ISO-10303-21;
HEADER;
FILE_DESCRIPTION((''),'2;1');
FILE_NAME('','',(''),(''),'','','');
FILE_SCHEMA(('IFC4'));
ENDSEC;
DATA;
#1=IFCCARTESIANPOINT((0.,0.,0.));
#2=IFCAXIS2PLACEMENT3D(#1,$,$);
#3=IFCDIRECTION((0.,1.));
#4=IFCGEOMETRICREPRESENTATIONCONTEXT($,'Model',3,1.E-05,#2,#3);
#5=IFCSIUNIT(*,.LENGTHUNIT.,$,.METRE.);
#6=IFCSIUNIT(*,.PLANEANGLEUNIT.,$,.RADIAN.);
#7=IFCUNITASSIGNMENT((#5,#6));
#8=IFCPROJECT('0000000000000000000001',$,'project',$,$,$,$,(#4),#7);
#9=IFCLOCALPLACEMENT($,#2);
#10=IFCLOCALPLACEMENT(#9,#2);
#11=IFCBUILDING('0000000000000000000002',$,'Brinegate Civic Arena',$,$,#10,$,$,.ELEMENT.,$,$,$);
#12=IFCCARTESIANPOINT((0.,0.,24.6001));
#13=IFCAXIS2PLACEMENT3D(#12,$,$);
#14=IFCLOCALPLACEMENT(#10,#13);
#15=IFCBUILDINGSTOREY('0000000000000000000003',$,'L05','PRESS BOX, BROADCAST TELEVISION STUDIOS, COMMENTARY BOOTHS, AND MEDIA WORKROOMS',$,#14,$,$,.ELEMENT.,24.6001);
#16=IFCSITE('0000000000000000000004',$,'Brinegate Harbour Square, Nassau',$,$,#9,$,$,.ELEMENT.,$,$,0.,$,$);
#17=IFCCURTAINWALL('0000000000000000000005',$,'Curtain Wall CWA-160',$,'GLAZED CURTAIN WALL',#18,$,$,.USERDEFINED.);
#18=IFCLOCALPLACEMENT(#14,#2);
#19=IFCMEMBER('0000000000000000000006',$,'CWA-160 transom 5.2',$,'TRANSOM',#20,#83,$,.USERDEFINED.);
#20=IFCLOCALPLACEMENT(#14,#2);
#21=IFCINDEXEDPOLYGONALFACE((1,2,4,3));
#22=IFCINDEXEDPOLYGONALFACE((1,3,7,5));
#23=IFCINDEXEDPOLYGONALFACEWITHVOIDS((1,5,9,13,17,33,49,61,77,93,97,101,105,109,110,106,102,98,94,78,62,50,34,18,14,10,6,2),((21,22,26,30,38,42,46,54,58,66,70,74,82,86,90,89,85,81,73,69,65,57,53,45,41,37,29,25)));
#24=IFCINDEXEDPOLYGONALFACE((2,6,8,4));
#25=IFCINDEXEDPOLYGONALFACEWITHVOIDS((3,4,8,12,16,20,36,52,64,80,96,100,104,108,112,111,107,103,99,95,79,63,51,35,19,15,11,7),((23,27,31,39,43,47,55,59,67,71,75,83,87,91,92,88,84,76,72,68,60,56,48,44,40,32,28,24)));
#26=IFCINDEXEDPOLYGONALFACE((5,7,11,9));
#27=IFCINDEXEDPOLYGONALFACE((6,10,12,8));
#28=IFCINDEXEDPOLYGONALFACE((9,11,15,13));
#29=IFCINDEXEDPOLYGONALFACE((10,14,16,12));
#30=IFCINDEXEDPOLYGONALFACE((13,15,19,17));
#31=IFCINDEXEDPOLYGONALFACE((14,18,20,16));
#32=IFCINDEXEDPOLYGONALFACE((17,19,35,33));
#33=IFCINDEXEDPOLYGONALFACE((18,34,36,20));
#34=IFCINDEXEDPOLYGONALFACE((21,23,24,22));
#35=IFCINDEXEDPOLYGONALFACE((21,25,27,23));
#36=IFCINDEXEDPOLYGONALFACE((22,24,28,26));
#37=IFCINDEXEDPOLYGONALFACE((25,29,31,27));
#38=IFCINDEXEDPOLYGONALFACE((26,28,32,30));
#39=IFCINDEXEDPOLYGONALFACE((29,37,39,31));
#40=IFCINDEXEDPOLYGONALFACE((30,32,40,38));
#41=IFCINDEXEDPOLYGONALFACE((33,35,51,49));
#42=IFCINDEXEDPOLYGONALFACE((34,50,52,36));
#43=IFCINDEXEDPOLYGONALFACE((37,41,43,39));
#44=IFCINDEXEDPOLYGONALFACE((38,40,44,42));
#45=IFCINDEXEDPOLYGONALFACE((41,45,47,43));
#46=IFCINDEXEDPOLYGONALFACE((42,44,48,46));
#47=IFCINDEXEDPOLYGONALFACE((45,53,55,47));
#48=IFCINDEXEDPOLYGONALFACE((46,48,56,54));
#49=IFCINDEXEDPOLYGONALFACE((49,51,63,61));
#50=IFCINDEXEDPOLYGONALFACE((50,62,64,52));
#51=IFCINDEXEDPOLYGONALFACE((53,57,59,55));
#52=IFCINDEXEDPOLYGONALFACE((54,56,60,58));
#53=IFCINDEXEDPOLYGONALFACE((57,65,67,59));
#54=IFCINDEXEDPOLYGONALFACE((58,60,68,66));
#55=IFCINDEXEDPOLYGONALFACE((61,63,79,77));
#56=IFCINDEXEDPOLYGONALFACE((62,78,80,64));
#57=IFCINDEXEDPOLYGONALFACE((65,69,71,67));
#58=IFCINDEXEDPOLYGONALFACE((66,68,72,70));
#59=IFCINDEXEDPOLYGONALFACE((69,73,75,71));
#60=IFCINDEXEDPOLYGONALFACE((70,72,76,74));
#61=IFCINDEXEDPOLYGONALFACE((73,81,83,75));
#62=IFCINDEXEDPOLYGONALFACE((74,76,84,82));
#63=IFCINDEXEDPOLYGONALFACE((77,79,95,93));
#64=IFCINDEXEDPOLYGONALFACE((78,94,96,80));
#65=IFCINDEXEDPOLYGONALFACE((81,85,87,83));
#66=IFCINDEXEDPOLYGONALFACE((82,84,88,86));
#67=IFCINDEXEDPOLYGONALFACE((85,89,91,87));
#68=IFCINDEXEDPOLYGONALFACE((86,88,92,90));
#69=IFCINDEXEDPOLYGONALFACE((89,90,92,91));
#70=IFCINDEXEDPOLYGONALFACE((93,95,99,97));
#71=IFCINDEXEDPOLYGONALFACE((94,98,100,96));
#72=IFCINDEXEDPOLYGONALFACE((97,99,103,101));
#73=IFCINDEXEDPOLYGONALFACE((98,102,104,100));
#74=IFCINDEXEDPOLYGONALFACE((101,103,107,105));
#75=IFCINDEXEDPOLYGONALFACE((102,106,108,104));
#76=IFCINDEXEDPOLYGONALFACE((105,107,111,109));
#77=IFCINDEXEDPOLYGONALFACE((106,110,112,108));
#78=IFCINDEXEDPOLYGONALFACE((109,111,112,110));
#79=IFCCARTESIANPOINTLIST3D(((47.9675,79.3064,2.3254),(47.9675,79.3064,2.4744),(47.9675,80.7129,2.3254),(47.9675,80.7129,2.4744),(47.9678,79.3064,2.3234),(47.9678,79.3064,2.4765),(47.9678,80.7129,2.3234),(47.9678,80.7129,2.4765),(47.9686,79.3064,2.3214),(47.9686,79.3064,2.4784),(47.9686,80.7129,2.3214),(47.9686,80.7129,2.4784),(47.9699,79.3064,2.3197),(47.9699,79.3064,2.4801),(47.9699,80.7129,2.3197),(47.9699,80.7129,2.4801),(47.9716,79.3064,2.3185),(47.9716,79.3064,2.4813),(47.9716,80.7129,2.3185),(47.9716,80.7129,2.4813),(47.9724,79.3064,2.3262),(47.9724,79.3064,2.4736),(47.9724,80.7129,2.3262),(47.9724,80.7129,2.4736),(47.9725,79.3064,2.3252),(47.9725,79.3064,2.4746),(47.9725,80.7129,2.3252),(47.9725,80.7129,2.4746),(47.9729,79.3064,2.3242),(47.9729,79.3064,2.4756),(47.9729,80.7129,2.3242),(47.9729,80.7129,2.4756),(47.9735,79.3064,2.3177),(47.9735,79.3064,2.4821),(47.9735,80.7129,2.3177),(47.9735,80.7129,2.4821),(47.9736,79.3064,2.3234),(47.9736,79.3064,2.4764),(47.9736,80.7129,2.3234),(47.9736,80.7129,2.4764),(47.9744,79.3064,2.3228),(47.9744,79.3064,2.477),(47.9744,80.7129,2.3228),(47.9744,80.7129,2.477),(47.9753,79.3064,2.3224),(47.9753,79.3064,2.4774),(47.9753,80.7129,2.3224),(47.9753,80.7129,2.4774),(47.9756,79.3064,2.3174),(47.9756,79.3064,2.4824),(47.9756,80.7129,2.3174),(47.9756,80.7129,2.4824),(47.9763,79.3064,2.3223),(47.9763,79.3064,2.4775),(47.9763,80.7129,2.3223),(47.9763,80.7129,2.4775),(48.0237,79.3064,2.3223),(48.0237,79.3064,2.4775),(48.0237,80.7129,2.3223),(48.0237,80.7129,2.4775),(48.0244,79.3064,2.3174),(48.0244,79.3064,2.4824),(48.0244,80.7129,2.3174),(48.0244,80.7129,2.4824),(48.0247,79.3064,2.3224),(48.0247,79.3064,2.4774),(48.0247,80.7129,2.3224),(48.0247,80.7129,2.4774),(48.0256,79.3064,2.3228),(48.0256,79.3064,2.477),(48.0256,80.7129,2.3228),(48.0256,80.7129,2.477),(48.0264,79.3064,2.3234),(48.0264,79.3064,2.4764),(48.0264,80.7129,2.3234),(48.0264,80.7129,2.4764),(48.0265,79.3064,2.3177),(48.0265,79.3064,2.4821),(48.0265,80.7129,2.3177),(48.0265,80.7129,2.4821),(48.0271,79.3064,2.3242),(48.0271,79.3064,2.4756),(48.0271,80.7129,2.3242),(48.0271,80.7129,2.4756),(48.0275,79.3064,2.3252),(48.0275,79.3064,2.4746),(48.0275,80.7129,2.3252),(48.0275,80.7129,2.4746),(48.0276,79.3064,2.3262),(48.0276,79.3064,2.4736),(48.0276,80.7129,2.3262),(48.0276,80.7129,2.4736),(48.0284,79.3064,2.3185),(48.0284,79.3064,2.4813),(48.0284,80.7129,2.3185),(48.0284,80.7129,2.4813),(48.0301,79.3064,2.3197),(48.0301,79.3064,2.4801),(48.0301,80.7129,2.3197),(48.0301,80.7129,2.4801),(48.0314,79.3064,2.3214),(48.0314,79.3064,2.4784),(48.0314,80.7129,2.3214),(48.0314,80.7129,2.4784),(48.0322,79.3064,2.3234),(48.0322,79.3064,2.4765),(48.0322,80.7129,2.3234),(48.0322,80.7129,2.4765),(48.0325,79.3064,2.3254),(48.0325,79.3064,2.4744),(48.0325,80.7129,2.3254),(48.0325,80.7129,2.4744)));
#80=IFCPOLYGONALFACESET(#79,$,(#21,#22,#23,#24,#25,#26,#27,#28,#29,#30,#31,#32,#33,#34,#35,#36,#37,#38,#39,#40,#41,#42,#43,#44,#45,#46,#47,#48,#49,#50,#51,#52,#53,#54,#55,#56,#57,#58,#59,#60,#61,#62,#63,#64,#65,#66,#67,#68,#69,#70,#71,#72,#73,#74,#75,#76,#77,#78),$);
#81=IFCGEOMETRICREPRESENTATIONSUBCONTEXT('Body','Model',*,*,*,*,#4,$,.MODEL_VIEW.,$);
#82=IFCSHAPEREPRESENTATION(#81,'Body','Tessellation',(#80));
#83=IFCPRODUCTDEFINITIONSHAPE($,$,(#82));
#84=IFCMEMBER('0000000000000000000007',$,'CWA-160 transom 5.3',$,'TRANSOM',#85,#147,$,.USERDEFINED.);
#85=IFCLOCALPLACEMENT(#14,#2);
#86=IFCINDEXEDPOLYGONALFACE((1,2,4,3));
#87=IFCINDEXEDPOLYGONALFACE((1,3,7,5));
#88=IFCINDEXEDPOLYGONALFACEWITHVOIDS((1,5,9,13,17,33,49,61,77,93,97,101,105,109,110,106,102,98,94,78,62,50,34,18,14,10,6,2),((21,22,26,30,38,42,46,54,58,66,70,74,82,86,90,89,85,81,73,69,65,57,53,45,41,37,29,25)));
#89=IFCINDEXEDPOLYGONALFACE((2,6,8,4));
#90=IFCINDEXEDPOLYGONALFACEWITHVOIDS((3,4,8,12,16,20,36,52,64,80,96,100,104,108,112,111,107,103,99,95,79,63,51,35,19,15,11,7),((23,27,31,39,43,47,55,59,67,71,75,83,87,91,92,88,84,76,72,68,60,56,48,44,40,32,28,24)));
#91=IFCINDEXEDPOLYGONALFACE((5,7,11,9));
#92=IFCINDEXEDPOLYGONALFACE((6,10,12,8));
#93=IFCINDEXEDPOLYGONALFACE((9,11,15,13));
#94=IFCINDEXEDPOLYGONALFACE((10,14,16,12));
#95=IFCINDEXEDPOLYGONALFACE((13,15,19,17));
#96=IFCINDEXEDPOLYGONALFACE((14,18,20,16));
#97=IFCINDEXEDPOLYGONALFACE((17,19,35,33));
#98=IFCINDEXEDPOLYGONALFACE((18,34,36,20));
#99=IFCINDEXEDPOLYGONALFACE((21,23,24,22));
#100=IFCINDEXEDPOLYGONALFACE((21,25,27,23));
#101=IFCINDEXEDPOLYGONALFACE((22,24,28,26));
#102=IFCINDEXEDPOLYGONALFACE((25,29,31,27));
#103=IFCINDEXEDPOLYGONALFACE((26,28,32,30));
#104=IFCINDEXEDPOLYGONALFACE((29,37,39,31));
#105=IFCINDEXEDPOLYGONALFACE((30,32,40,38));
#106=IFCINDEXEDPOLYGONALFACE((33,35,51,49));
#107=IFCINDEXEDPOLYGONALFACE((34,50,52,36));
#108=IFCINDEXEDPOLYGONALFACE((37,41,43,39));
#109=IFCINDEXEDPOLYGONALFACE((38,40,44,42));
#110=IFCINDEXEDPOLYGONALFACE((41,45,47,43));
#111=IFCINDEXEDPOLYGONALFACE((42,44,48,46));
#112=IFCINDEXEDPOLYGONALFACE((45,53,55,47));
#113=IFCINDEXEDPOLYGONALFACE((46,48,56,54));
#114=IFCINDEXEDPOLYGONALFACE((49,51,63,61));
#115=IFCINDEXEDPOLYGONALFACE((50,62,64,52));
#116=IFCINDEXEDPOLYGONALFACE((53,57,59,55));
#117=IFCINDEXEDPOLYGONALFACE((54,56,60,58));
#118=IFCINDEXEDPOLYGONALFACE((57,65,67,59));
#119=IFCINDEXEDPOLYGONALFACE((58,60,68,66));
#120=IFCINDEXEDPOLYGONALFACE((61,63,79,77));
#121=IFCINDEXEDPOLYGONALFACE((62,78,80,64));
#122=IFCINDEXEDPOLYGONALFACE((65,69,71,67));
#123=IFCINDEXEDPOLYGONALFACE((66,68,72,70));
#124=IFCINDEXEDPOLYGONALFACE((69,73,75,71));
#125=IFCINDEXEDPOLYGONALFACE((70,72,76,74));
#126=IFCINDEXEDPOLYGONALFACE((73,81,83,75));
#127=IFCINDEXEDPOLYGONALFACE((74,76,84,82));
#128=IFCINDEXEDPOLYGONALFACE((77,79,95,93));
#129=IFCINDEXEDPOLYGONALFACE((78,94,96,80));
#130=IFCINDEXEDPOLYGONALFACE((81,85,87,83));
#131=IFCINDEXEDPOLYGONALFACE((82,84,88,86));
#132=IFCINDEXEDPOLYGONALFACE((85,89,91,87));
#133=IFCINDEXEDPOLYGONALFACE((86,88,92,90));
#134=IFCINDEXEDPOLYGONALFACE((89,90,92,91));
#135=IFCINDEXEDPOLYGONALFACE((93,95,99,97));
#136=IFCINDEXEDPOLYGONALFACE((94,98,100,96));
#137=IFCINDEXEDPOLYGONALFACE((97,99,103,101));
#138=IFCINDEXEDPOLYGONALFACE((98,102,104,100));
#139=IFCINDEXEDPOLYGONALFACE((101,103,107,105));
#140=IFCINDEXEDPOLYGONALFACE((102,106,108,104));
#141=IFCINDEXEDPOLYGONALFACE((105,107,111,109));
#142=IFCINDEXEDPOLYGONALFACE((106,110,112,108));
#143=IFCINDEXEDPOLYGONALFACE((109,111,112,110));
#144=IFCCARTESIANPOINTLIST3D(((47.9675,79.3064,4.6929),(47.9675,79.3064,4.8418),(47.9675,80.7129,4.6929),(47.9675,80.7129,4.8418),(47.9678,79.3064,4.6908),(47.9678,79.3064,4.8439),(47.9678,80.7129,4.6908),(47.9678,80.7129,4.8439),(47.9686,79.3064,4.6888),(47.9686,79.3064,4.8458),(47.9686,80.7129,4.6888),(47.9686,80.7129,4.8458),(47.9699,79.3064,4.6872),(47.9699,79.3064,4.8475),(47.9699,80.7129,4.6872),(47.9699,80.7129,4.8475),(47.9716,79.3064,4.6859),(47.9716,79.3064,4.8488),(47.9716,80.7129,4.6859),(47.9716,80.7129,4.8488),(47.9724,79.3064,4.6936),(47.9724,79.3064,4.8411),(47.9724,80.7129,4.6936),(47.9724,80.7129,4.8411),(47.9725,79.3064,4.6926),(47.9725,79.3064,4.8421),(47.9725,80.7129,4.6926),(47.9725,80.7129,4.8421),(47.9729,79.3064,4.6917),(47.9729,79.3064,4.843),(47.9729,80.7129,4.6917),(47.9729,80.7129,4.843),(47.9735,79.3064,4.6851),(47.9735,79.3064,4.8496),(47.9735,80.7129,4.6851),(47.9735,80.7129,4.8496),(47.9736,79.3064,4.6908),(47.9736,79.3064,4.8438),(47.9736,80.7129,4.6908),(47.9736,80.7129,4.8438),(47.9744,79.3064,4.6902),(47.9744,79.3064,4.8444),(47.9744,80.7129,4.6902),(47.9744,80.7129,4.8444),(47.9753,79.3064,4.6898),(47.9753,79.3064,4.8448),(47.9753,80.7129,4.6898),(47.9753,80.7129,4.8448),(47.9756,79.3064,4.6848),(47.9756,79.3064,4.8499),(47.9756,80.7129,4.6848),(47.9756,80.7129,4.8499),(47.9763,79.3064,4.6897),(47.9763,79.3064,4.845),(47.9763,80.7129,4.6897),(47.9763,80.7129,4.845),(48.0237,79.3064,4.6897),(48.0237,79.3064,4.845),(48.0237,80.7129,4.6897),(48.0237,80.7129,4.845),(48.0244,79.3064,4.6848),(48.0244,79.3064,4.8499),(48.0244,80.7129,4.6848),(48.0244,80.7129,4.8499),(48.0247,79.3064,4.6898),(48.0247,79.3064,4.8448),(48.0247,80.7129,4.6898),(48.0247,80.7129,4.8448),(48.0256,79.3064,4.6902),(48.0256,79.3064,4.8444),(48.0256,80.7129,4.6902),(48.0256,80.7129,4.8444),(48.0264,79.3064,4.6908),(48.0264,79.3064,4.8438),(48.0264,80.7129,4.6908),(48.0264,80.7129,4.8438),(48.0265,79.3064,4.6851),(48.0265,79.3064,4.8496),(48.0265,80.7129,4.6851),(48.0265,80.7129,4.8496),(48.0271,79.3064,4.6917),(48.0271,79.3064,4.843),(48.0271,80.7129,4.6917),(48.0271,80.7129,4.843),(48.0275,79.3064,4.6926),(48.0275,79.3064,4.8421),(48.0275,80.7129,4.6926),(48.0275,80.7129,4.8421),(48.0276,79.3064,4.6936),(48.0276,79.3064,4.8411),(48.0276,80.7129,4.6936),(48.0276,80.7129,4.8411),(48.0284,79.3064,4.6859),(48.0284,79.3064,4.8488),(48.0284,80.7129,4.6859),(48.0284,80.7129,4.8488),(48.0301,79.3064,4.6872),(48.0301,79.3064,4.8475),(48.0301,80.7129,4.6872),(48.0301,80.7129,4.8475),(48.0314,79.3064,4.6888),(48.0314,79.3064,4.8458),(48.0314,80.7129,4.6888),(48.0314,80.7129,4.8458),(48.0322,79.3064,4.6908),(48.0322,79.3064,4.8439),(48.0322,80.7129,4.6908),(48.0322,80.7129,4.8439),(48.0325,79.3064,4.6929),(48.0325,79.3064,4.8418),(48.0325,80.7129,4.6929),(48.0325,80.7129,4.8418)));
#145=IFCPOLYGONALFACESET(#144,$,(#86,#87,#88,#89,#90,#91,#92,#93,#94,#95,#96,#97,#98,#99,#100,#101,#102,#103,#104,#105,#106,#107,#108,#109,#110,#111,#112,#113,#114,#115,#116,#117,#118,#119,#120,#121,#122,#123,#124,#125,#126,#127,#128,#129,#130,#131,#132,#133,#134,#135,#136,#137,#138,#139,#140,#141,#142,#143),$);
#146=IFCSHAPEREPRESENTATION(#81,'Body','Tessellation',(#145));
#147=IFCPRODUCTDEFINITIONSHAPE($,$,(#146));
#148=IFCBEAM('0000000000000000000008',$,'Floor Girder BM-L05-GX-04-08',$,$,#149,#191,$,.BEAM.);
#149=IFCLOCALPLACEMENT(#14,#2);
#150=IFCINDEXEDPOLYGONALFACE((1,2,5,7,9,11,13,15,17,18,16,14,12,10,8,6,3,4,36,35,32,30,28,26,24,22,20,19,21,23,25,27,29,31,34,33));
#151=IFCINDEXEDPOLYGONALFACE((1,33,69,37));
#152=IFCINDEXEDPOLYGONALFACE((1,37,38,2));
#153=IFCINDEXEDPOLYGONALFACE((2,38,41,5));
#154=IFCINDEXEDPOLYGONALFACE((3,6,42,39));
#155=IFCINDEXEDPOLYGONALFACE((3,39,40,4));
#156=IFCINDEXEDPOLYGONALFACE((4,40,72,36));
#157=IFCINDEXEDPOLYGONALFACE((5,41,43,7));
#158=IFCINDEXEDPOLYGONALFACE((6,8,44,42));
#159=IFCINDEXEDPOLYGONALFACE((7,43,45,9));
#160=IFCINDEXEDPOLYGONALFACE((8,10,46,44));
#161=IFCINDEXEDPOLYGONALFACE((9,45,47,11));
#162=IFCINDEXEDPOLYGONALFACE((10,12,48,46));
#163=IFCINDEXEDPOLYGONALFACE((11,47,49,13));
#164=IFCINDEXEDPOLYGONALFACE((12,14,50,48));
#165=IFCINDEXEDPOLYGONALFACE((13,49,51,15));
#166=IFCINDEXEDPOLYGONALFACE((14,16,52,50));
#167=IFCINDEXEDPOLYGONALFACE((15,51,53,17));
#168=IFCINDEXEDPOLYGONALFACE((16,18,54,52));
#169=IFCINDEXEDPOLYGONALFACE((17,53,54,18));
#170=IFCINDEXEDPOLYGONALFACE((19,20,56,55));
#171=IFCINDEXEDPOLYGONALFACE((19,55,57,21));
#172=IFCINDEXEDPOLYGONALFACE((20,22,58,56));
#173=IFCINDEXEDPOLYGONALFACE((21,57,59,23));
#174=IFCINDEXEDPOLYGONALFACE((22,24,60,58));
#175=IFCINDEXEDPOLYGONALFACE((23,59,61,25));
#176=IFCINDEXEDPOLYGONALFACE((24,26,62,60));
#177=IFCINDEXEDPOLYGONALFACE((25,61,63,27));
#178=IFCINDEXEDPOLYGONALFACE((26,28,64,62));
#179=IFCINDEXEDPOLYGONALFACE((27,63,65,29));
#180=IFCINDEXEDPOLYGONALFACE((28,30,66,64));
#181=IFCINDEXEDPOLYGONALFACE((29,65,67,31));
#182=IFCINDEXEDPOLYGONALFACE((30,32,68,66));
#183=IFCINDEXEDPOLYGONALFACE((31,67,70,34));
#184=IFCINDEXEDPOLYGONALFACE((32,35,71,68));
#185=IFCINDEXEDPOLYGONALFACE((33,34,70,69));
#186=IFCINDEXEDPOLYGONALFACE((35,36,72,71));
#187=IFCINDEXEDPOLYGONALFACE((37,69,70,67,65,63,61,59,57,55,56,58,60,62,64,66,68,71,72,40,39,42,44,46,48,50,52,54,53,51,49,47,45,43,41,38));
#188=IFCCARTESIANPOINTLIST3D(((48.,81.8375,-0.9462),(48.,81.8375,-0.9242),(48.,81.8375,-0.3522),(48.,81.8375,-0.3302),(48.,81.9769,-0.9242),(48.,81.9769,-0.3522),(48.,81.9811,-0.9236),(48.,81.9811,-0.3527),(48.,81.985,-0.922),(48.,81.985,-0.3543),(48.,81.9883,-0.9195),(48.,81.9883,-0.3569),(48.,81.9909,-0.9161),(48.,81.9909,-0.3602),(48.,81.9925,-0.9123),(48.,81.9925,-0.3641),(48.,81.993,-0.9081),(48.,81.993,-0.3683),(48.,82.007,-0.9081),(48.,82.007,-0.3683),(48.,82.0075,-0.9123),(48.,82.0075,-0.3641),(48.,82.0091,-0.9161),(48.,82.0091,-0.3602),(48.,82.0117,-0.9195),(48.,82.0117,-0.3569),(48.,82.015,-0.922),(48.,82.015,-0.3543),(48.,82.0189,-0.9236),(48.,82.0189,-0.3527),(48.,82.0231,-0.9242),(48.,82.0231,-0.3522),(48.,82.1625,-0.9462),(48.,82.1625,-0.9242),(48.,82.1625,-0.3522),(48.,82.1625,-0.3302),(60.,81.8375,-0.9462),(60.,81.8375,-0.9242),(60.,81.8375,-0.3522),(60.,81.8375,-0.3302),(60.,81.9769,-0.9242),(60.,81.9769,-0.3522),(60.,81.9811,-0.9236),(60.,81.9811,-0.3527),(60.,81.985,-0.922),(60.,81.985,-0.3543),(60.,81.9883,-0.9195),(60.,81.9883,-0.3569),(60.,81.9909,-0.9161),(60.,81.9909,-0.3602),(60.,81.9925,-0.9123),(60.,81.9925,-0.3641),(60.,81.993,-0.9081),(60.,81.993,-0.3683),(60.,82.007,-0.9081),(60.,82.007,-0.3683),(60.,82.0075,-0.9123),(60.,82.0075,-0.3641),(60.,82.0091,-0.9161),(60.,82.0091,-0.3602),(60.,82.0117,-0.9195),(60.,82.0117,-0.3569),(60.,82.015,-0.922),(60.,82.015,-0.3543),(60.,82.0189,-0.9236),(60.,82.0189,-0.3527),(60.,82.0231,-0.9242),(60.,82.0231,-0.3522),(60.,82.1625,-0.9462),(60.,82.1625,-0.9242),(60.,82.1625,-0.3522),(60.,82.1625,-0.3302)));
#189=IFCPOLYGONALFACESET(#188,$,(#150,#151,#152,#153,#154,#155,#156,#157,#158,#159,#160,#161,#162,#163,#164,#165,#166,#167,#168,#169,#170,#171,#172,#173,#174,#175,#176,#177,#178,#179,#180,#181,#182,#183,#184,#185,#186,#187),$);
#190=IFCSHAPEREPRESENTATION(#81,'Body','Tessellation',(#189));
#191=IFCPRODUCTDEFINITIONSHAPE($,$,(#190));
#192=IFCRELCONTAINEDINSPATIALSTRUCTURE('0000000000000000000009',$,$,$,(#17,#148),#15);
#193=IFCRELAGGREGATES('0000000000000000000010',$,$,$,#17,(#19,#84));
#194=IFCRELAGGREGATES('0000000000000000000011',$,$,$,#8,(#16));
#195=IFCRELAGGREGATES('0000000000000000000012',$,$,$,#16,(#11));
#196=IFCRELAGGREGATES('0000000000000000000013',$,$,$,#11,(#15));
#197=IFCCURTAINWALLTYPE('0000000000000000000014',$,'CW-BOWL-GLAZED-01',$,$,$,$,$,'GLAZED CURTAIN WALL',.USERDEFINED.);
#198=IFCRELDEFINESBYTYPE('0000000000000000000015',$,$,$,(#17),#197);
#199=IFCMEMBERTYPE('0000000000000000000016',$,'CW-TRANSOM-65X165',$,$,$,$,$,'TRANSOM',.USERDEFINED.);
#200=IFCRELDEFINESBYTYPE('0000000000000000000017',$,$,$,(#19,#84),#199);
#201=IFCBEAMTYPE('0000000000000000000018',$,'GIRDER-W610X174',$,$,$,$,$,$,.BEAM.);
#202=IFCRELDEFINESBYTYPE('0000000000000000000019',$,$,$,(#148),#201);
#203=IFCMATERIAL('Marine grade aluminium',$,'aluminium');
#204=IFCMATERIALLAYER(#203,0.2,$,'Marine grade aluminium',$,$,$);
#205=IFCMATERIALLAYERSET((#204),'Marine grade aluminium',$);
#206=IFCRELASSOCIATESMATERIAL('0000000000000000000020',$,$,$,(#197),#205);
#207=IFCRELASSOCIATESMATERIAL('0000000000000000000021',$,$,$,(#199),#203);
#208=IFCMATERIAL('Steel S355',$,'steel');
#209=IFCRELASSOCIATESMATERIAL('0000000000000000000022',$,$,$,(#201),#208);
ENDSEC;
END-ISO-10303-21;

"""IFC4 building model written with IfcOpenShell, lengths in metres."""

from ifc_helpers import new_model, si_unit, direction, frame, origin, origin_2d, place, context, subcontext, project, spatial, hollow_rectangle, i_section, extrude, material, layer, layer_set, material_profile, profile_set, type_object, element, aggregate, save


model = new_model("IFC4")

# Units and contexts
model_context = context("Model", 3, precision=1e-05, world=origin(), true_north=direction((0.0, 1.0)))
body_context = subcontext(model_context, "Body", "Model", "MODEL_VIEW")
ifc_project = project(units=[si_unit("LENGTHUNIT", "METRE"), si_unit("PLANEANGLEUNIT", "RADIAN")], contexts=[model_context])

# Site, building, storey
site_placement = place(None, origin())
site = spatial("IfcSite", under=ifc_project, at=site_placement, Name="Brinegate Harbour Square, Nassau", CompositionType="ELEMENT", RefElevation=0.0)
building_placement = place(site_placement, origin())
building = spatial("IfcBuilding", under=site, at=building_placement, Name="Brinegate Civic Arena", CompositionType="ELEMENT")
storey_placement = place(building_placement, frame((0.0, 0.0, 24.6001)))
storey = spatial("IfcBuildingStorey", under=building, at=storey_placement, Name="L05", Description="PRESS BOX, BROADCAST TELEVISION STUDIOS, COMMENTARY BOOTHS, AND MEDIA WORKROOMS", CompositionType="ELEMENT", Elevation=24.6001)

# Curtain wall, members
ifc_material_1 = material(Name="Marine grade aluminium", Category="aluminium")
ifc_layer_1 = layer(ifc_material_1, 0.2, Name="Marine grade aluminium")
ifc_layer_set_1 = layer_set([ifc_layer_1], Name="Marine grade aluminium")
curtain_wall_type = type_object("IfcCurtainWallType", Name="CW-BOWL-GLAZED-01", ElementType="GLAZED CURTAIN WALL", PredefinedType="USERDEFINED", material=ifc_layer_set_1)
curtain_wall_placement = place(storey_placement, origin())
curtain_wall = element("IfcCurtainWall", 1, at=curtain_wall_placement, inside=storey, type_object=curtain_wall_type, Name="Curtain Wall CWA-160", ObjectType="GLAZED CURTAIN WALL", PredefinedType="USERDEFINED")
ifc_material_profile_1 = material_profile(ifc_material_1, hollow_rectangle(XDim=0.0649, YDim=0.165, WallThickness=0.0049, InnerFilletRadius=0.0039, OuterFilletRadius=0.0081, at=origin_2d()), Name="TRN65X165")
ifc_profile_set_1 = profile_set([ifc_material_profile_1], Name="Marine grade aluminium")
member_type_1 = type_object("IfcMemberType", Name="CW-TRANSOM-65X165", ElementType="TRANSOM", PredefinedType="USERDEFINED", material=ifc_profile_set_1)
member_1_placement = place(storey_placement, frame((48.0, 79.3064, 2.3999), z_axis=(0.0, 1.0, 0.0), x_axis=(-1.0, 0.0, 0.0)))
member_1 = element("IfcMember", 2, at=member_1_placement, type_object=member_type_1, Name="CWA-160 transom 5.2", ObjectType="TRANSOM", PredefinedType="USERDEFINED", context=body_context, shape_type="SweptSolid", body=[
    extrude(hollow_rectangle(XDim=0.0649, YDim=0.165, WallThickness=0.0049, InnerFilletRadius=0.0039, OuterFilletRadius=0.0081, at=origin_2d()), origin(), (0.0, 0.0, 1.0), 1.4065),
])
member_2_placement = place(storey_placement, frame((48.0, 79.3064, 4.7673), z_axis=(0.0, 1.0, 0.0), x_axis=(-1.0, 0.0, 0.0)))
member_2 = element("IfcMember", 3, at=member_2_placement, type_object=member_type_1, Name="CWA-160 transom 5.3", ObjectType="TRANSOM", PredefinedType="USERDEFINED", context=body_context, shape_type="SweptSolid", body=[
    extrude(hollow_rectangle(XDim=0.0649, YDim=0.165, WallThickness=0.0049, InnerFilletRadius=0.0039, OuterFilletRadius=0.0081, at=origin_2d()), origin(), (0.0, 0.0, 1.0), 1.4065),
])

# Beam
ifc_material_2 = material(Name="Steel S355", Category="steel")
ifc_material_profile_2 = material_profile(ifc_material_2, i_section(OverallWidth=0.325, OverallDepth=0.616, WebThickness=0.0139, FlangeThickness=0.022, FilletRadius=0.0161, at=origin_2d()), Name="W610X174")
ifc_profile_set_2 = profile_set([ifc_material_profile_2], Name="Steel S355")
beam_type_1 = type_object("IfcBeamType", Name="GIRDER-W610X174", PredefinedType="BEAM", material=ifc_profile_set_2)
beam_1_placement = place(storey_placement, frame((48.0, 82.0, -0.6382), z_axis=(1.0, 0.0, 0.0), x_axis=(0.0, 1.0, 0.0)))
element("IfcBeam", 4, at=beam_1_placement, inside=storey, type_object=beam_type_1, Name="Floor Girder BM-L05-GX-04-08", PredefinedType="BEAM", context=body_context, shape_type="SweptSolid", body=[
    extrude(i_section(OverallWidth=0.325, OverallDepth=0.616, WebThickness=0.0139, FlangeThickness=0.022, FilletRadius=0.0161, at=origin_2d()), origin(), (0.0, 0.0, 1.0), 12.0),
])

aggregate(curtain_wall, [member_1, member_2])

save(model, "model.ifc")
